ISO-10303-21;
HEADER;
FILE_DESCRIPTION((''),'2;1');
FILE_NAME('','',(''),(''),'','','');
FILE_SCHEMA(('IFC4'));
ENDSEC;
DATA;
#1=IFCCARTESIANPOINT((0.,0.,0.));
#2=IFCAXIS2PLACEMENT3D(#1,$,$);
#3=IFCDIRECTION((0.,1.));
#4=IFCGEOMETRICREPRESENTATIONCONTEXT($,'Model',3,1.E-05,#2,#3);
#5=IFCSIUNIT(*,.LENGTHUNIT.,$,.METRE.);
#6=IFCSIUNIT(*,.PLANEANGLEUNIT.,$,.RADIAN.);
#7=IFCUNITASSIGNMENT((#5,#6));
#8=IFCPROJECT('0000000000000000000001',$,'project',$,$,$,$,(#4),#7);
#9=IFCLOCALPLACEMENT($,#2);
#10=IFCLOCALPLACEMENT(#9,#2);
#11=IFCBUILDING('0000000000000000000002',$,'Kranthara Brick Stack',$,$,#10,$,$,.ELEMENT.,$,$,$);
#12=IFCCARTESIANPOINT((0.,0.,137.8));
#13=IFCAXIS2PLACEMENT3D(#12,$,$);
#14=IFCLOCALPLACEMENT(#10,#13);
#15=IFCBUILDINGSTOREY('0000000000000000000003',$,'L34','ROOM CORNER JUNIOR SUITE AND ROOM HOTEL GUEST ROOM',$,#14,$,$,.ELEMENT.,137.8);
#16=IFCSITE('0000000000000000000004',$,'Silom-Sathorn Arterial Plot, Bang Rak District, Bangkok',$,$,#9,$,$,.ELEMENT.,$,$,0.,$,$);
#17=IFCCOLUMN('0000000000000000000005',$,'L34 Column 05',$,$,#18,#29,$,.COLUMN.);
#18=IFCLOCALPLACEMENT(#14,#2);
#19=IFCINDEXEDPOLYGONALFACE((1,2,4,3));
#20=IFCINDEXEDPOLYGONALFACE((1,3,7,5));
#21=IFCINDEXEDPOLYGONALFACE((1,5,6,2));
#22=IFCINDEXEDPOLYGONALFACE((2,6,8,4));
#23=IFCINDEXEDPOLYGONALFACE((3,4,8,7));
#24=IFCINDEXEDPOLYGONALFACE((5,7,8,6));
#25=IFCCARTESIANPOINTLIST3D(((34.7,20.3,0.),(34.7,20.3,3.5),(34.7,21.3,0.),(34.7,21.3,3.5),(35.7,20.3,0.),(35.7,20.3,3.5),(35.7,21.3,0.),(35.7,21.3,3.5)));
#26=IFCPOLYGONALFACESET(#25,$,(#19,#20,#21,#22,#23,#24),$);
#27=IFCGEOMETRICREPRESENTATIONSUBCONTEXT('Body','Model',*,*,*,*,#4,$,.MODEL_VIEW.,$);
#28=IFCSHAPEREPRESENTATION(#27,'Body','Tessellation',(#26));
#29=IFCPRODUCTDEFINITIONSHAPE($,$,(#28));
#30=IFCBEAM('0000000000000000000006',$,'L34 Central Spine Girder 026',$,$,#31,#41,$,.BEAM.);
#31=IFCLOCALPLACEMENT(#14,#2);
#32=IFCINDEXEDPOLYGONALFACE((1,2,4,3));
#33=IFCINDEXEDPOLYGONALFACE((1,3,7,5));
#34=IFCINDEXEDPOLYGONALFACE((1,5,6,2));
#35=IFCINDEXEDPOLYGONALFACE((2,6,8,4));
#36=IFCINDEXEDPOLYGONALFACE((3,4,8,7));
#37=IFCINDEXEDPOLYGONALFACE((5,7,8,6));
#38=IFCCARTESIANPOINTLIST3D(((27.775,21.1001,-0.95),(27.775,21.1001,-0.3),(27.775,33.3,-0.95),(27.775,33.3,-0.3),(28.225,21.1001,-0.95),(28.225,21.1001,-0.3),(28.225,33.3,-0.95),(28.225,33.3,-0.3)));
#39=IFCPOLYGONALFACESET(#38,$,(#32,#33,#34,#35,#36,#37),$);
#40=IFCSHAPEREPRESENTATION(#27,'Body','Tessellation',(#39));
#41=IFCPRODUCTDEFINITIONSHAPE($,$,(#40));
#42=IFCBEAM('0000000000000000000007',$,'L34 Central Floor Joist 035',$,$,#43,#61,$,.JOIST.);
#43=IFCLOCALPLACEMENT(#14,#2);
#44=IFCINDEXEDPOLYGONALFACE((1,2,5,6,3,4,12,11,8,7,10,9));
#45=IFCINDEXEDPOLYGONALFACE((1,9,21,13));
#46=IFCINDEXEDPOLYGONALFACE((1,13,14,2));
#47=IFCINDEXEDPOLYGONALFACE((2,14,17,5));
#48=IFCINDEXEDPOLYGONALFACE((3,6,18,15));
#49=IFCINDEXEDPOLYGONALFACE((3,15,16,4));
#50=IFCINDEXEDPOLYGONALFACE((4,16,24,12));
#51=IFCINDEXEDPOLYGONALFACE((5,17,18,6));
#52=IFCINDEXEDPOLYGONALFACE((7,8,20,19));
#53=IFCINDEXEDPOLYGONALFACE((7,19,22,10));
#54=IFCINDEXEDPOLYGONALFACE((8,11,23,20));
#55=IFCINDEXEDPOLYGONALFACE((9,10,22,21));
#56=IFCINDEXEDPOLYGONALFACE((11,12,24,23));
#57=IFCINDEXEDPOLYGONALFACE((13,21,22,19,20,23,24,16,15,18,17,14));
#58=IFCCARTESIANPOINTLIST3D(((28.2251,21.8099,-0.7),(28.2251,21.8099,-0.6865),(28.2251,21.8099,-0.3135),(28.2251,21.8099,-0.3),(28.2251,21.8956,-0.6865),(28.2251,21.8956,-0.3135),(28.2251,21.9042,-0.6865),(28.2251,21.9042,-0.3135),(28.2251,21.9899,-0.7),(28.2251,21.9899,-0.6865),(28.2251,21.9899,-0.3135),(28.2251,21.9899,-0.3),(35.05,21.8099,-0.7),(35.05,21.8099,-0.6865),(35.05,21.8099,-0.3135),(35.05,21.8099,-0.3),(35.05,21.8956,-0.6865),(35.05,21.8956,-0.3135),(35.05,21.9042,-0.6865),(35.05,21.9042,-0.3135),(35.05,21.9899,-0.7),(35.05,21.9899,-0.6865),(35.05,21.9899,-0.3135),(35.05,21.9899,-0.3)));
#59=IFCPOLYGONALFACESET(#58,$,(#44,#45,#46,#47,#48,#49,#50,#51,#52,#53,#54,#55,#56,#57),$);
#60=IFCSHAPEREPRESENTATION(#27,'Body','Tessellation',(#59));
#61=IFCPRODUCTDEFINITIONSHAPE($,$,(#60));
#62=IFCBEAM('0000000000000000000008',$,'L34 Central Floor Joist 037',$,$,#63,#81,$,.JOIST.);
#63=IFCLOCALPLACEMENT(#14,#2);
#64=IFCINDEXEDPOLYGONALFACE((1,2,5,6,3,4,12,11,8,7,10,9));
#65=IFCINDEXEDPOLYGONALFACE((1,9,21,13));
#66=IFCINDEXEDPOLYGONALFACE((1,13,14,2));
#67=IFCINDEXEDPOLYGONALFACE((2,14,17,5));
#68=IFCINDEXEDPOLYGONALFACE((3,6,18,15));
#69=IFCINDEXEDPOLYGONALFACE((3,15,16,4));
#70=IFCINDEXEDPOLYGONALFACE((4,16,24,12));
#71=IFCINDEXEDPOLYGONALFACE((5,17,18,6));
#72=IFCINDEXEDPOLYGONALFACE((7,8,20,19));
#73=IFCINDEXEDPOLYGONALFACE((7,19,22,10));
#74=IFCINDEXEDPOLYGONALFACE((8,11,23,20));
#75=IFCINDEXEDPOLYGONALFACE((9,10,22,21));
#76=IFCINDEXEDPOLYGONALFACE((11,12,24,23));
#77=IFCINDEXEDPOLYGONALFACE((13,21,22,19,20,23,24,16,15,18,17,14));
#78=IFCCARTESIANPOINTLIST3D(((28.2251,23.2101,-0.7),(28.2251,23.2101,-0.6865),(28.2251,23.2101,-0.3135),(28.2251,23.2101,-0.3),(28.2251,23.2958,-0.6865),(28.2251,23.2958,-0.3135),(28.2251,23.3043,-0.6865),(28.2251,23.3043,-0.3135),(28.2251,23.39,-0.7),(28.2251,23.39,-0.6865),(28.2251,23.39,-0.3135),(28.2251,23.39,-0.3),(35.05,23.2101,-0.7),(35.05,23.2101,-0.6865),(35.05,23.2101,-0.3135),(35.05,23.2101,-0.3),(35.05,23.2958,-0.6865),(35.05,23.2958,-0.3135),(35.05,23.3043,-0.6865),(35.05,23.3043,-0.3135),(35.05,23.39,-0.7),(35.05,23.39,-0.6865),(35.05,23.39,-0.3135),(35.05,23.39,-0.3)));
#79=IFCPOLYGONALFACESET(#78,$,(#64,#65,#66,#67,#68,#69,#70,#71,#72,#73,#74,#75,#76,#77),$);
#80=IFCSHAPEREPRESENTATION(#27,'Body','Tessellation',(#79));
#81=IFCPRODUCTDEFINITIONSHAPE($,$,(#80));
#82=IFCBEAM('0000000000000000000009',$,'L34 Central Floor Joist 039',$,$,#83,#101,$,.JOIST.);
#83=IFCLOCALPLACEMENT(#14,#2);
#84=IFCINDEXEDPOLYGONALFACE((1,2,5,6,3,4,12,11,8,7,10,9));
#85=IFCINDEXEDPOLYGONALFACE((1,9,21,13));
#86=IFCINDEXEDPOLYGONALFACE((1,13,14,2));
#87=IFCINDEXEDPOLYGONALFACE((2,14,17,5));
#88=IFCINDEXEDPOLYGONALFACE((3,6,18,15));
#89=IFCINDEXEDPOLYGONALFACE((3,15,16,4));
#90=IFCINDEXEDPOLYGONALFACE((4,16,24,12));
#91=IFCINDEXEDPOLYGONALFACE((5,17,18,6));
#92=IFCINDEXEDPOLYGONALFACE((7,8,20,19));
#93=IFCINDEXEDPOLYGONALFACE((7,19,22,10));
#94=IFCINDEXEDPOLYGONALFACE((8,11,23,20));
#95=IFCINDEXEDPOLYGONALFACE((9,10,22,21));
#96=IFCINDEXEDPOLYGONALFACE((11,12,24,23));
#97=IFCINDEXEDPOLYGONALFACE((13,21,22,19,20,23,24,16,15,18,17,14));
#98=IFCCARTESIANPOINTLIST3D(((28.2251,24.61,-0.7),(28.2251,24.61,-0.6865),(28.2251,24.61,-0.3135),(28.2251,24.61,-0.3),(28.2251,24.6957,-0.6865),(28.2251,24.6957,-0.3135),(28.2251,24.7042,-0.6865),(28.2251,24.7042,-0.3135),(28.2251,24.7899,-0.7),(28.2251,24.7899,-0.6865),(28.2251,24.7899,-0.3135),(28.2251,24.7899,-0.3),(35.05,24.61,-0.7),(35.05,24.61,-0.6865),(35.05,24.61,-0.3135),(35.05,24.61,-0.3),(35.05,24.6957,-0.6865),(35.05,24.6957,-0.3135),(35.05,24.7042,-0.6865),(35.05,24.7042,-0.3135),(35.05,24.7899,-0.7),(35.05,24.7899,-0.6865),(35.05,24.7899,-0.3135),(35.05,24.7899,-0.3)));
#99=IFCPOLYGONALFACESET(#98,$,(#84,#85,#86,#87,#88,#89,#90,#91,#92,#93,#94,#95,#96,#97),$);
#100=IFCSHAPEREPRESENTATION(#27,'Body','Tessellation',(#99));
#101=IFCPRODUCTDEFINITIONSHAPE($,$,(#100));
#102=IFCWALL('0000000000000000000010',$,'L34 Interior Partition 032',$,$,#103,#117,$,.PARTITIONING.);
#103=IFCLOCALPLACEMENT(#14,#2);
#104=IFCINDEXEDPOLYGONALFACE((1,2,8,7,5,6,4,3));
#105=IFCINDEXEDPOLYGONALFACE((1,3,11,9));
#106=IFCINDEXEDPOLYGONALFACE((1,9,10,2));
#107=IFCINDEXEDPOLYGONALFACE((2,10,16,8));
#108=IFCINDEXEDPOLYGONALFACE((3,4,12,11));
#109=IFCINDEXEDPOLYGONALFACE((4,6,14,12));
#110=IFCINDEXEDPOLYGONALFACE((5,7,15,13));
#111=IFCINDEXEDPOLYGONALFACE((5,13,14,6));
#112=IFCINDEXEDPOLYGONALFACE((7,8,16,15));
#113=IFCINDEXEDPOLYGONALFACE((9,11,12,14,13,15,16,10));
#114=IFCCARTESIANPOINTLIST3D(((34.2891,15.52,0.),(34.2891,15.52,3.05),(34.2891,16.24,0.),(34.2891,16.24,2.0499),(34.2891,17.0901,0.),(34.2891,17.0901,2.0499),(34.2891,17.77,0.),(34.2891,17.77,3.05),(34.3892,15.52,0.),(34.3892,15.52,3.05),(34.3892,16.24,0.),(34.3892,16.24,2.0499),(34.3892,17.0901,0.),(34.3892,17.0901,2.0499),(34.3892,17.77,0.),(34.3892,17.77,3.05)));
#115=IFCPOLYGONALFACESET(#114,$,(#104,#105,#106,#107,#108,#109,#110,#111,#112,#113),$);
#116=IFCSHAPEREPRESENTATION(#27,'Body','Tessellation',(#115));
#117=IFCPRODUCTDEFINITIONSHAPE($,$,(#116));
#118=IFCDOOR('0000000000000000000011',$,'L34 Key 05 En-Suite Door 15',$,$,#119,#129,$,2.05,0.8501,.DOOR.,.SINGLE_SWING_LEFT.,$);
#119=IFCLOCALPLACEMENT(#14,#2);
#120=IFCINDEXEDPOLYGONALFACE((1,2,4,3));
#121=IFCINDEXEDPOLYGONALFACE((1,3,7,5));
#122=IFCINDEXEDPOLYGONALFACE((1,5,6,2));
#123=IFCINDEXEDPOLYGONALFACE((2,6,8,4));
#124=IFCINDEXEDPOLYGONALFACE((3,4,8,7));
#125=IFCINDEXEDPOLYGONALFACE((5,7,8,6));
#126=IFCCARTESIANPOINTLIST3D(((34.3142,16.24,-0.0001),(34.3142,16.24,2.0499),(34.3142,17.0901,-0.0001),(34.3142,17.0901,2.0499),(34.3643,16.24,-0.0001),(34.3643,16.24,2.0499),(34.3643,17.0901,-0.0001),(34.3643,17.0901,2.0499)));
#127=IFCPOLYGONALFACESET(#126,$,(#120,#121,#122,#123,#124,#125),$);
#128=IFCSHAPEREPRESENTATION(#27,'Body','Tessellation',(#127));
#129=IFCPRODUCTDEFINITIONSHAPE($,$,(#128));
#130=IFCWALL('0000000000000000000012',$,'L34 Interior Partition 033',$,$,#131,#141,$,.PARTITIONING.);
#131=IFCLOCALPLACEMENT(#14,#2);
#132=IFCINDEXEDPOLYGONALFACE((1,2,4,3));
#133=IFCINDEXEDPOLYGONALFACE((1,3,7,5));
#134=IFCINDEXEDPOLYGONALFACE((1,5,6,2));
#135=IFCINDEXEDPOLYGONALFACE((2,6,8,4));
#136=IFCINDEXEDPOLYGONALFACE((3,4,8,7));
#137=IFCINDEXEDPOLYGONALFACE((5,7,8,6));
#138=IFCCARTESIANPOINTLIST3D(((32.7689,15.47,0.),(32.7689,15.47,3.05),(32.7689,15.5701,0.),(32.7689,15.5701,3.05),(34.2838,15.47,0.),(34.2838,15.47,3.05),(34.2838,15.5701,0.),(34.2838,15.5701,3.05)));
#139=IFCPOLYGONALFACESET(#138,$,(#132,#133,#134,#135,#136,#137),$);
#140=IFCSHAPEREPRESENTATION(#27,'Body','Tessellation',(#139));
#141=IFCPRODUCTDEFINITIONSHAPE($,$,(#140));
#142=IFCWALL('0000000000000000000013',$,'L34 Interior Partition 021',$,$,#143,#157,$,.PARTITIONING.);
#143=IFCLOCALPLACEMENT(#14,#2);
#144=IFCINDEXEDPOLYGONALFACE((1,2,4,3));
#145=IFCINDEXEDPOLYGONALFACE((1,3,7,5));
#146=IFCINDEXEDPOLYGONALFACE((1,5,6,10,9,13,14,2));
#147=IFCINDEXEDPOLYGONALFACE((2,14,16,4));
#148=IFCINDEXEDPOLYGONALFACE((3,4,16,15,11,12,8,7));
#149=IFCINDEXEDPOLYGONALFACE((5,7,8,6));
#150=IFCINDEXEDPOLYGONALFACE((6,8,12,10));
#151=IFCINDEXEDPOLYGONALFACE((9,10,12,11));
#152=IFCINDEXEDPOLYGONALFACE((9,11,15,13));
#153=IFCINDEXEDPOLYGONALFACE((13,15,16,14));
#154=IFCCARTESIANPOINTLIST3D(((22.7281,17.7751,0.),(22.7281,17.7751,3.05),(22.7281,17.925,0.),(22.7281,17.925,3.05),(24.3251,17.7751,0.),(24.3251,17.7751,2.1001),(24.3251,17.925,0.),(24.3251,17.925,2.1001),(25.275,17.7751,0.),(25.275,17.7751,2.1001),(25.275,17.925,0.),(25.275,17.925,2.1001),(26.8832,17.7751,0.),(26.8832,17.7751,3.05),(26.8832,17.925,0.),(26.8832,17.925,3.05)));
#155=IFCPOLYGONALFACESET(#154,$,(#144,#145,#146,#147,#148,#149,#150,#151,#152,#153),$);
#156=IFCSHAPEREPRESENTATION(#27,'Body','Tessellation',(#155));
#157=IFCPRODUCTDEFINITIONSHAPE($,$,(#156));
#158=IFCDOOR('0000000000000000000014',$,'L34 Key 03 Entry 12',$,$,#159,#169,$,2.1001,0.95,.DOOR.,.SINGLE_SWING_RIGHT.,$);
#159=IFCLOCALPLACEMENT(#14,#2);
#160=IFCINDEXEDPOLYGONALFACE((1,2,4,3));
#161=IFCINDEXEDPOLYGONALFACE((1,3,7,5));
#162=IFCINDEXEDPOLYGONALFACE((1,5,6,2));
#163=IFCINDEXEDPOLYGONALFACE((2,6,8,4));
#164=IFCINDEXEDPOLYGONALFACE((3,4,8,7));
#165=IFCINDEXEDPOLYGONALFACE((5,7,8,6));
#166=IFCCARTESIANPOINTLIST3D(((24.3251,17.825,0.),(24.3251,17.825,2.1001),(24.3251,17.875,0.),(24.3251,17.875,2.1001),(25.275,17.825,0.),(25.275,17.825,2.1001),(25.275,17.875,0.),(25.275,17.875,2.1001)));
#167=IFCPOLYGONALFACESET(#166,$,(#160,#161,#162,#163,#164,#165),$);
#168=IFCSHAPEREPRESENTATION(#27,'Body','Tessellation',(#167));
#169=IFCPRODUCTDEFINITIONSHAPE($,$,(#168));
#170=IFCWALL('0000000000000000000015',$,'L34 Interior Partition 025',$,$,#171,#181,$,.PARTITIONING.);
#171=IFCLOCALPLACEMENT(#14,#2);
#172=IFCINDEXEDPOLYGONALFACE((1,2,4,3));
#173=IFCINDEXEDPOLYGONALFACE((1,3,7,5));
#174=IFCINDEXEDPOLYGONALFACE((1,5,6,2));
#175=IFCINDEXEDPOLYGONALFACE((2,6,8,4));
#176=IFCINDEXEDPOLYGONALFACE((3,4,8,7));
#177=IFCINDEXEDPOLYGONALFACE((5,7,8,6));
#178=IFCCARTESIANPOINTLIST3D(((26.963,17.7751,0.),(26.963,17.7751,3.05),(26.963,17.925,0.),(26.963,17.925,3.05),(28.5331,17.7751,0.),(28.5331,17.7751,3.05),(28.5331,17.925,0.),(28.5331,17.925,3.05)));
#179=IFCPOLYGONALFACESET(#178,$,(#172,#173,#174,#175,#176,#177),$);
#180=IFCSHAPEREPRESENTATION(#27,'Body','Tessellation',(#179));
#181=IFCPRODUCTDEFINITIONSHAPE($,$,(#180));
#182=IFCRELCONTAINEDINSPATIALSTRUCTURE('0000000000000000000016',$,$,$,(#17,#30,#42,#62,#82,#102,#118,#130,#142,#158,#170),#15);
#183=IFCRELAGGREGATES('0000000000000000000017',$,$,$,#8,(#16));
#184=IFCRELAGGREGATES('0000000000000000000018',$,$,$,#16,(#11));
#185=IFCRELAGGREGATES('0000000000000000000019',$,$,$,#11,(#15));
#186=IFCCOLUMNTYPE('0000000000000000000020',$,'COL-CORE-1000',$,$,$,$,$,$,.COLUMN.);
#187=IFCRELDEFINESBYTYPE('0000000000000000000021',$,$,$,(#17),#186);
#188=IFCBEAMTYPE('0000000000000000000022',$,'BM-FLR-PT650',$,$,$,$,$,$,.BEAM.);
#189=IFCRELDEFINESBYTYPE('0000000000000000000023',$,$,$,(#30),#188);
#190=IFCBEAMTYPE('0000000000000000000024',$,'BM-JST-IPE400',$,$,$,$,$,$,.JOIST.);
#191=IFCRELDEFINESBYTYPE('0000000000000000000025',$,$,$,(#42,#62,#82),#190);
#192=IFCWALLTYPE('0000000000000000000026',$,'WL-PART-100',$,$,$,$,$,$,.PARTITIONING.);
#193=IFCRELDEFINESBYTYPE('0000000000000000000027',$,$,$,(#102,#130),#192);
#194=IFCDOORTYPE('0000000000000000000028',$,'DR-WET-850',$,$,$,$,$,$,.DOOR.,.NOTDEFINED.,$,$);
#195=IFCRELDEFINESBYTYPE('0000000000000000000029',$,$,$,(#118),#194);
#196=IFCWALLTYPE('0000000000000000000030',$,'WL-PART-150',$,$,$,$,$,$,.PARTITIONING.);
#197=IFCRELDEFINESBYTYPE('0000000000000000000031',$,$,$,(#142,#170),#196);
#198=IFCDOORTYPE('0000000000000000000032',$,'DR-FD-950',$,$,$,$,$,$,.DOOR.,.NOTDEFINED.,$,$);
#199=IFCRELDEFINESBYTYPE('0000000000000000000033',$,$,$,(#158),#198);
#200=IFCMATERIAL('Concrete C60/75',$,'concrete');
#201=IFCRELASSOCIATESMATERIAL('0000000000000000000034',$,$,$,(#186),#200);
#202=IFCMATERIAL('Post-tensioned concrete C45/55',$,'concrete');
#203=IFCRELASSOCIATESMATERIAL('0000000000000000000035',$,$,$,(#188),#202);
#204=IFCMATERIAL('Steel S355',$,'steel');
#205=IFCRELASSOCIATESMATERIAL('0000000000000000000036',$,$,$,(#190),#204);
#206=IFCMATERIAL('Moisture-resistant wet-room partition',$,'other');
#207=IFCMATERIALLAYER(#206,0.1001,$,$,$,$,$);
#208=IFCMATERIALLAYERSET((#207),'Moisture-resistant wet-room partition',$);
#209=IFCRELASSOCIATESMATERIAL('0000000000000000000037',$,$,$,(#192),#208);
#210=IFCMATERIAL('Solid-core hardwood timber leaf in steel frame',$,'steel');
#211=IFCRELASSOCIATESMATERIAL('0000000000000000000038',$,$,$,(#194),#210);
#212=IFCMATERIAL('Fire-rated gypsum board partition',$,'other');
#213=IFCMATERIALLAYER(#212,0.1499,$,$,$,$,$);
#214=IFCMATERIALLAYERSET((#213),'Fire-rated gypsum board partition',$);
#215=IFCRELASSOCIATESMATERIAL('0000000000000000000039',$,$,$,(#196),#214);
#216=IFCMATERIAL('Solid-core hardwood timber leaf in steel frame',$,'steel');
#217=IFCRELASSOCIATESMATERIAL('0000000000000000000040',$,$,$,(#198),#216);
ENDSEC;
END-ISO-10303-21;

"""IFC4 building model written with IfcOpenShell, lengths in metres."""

from ifc_helpers import new_model, si_unit, direction, frame, frame_2d, origin, origin_2d, place, context, subcontext, project, spatial, rectangle, i_section, extrude, material, layer, layer_set, material_profile, profile_set, type_object, element, fill, save


model = new_model("IFC4")

# Units and contexts
model_context = context("Model", 3, precision=1e-05, world=origin(), true_north=direction((0.0, 1.0)))
body_context = subcontext(model_context, "Body", "Model", "MODEL_VIEW")
ifc_project = project(units=[si_unit("LENGTHUNIT", "METRE"), si_unit("PLANEANGLEUNIT", "RADIAN")], contexts=[model_context])

# Site, building, storey
site_placement = place(None, origin())
site = spatial("IfcSite", under=ifc_project, at=site_placement, Name="Silom-Sathorn Arterial Plot, Bang Rak District, Bangkok", CompositionType="ELEMENT", RefElevation=0.0)
building_placement = place(site_placement, origin())
building = spatial("IfcBuilding", under=site, at=building_placement, Name="Kranthara Brick Stack", CompositionType="ELEMENT")
storey_placement = place(building_placement, frame((0.0, 0.0, 137.8)))
storey = spatial("IfcBuildingStorey", under=building, at=storey_placement, Name="L34", Description="ROOM CORNER JUNIOR SUITE AND ROOM HOTEL GUEST ROOM", CompositionType="ELEMENT", Elevation=137.8)

# Column
ifc_material_1 = material(Name="Concrete C60/75", Category="concrete")
ifc_material_profile_1 = material_profile(ifc_material_1, rectangle(XDim=1.0, YDim=1.0, at=origin_2d()), Name="RC 1000x1000")
ifc_profile_set_1 = profile_set([ifc_material_profile_1], Name="Concrete C60/75")
column_type = type_object("IfcColumnType", Name="COL-CORE-1000", PredefinedType="COLUMN", material=ifc_profile_set_1)
column_placement = place(storey_placement, frame((35.2, 20.8, 0.0), z_axis=(0.0, 0.0, 1.0), x_axis=(1.0, 0.0, 0.0)))
element("IfcColumn", 1, at=column_placement, inside=storey, type_object=column_type, Name="L34 Column 05", PredefinedType="COLUMN", context=body_context, shape_type="SweptSolid", body=[
    extrude(rectangle(XDim=1.0, YDim=1.0, at=origin_2d()), origin(), (0.0, 0.0, 1.0), 3.5),
])

# Beams
ifc_material_2 = material(Name="Post-tensioned concrete C45/55", Category="concrete")
ifc_material_profile_2 = material_profile(ifc_material_2, rectangle(XDim=0.45, YDim=0.6499, at=origin_2d()), Name="PT 450x650")
ifc_profile_set_2 = profile_set([ifc_material_profile_2], Name="Post-tensioned concrete C45/55")
beam_type_1 = type_object("IfcBeamType", Name="BM-FLR-PT650", PredefinedType="BEAM", material=ifc_profile_set_2)
beam_placement = place(storey_placement, frame((28.0, 21.1001, -0.625), z_axis=(0.0, 1.0, 0.0), x_axis=(-1.0, 0.0, 0.0)))
element("IfcBeam", 2, at=beam_placement, inside=storey, type_object=beam_type_1, Name="L34 Central Spine Girder 026", PredefinedType="BEAM", context=body_context, shape_type="SweptSolid", body=[
    extrude(rectangle(XDim=0.45, YDim=0.6499, at=origin_2d()), origin(), (0.0, 0.0, 1.0), 12.2),
])
ifc_material_3 = material(Name="Steel S355", Category="steel")
ifc_material_profile_3 = material_profile(ifc_material_3, i_section(OverallWidth=0.1799, OverallDepth=0.3999, WebThickness=0.0085, FlangeThickness=0.0134, at=origin_2d()), Name="IPE 400")
ifc_profile_set_3 = profile_set([ifc_material_profile_3], Name="Steel S355")
beam_type_2 = type_object("IfcBeamType", Name="BM-JST-IPE400", PredefinedType="JOIST", material=ifc_profile_set_3)
for number, where, z_axis, x_axis, name in (
    (3, (28.2251, 21.8999, -0.5), (1.0, 0.0, 0.0), (0.0, 1.0, 0.0), "L34 Central Floor Joist 035"),
    (4, (28.2251, 23.3, -0.5), (1.0, 0.0, 0.0), (0.0, 1.0, 0.0), "L34 Central Floor Joist 037"),
    (5, (28.2251, 24.7, -0.5), (1.0, 0.0, 0.0), (0.0, 1.0, 0.0), "L34 Central Floor Joist 039"),
):
    element("IfcBeam", number, at=place(storey_placement, frame(where, z_axis=z_axis, x_axis=x_axis)), inside=storey, type_object=beam_type_2, Name=name, PredefinedType="JOIST", context=body_context, shape_type="SweptSolid", body=[
        extrude(i_section(OverallWidth=0.1799, OverallDepth=0.3999, WebThickness=0.0085, FlangeThickness=0.0134, at=origin_2d()), origin(), (0.0, 0.0, 1.0), 6.825),
    ])

# Wall, opening, door
ifc_material_4 = material(Name="Moisture-resistant wet-room partition", Category="other")
ifc_layer_1 = layer(ifc_material_4, 0.1001)
ifc_layer_set_1 = layer_set([ifc_layer_1], Name="Moisture-resistant wet-room partition")
wall_type_1 = type_object("IfcWallType", Name="WL-PART-100", PredefinedType="PARTITIONING", material=ifc_layer_set_1)
wall_1_placement = place(storey_placement, frame((34.3391, 15.52, 0.0), z_axis=(0.0, 0.0, 1.0), x_axis=(0.0, 1.0, 0.0)))
wall_1 = element("IfcWall", 6, at=wall_1_placement, inside=storey, type_object=wall_type_1, Name="L34 Interior Partition 032", PredefinedType="PARTITIONING", context=body_context, shape_type="SweptSolid", body=[
    extrude(rectangle(XDim=2.25, YDim=0.1001, at=frame_2d((1.125, 0.0))), origin(), (0.0, 0.0, 1.0), 3.05),
])
opening_1_placement = place(wall_1_placement, frame((0.72, 0.0, 0.0)))
opening_1 = element("IfcOpeningElement", 7, at=opening_1_placement, cuts=wall_1, PredefinedType="OPENING", context=body_context, shape_type="SweptSolid", body=[
    extrude(rectangle(XDim=0.8501, YDim=2.05, at=frame_2d((0.425, 1.0249))), frame((0.0, 0.0601, 0.0), z_axis=(0.0, -1.0, 0.0), x_axis=(1.0, 0.0, 0.0)), (0.0, 0.0, 1.0), 0.1201),
])
ifc_material_5 = material(Name="Solid-core hardwood timber leaf in steel frame", Category="steel")
door_type_1 = type_object("IfcDoorType", Name="DR-WET-850", OperationType="NOTDEFINED", PredefinedType="DOOR", material=ifc_material_5)
door_1_placement = place(opening_1_placement, origin())
door_1 = element("IfcDoor", 8, at=door_1_placement, inside=storey, type_object=door_type_1, Name="L34 Key 05 En-Suite Door 15", OperationType="SINGLE_SWING_LEFT", OverallHeight=2.05, OverallWidth=0.8501, PredefinedType="DOOR", context=body_context, shape_type="SweptSolid", body=[
    extrude(rectangle(XDim=0.8501, YDim=2.05, at=frame_2d((0.425, 1.0249))), frame((0.0, 0.0249, 0.0), z_axis=(0.0, -1.0, 0.0), x_axis=(1.0, 0.0, 0.0)), (0.0, 0.0, 1.0), 0.05),
])
fill(opening_1, door_1)

# Wall
wall_2_placement = place(storey_placement, frame((32.769, 15.52, 0.0), z_axis=(0.0, 0.0, 1.0), x_axis=(1.0, 0.0, 0.0)))
element("IfcWall", 9, at=wall_2_placement, inside=storey, type_object=wall_type_1, Name="L34 Interior Partition 033", PredefinedType="PARTITIONING", context=body_context, shape_type="SweptSolid", body=[
    extrude(rectangle(XDim=1.5149, YDim=0.1001, at=frame_2d((0.7573, 0.0))), origin(), (0.0, 0.0, 1.0), 3.05),
])

# Wall, opening, door
ifc_material_6 = material(Name="Fire-rated gypsum board partition", Category="other")
ifc_layer_2 = layer(ifc_material_6, 0.1499)
ifc_layer_set_2 = layer_set([ifc_layer_2], Name="Fire-rated gypsum board partition")
wall_type_2 = type_object("IfcWallType", Name="WL-PART-150", PredefinedType="PARTITIONING", material=ifc_layer_set_2)
wall_3_placement = place(storey_placement, frame((22.728, 17.8501, 0.0), z_axis=(0.0, 0.0, 1.0), x_axis=(1.0, 0.0, 0.0)))
wall_3 = element("IfcWall", 10, at=wall_3_placement, inside=storey, type_object=wall_type_2, Name="L34 Interior Partition 021", PredefinedType="PARTITIONING", context=body_context, shape_type="SweptSolid", body=[
    extrude(rectangle(XDim=4.155, YDim=0.1499, at=frame_2d((2.0776, 0.0))), origin(), (0.0, 0.0, 1.0), 3.05),
])
opening_2_placement = place(wall_3_placement, frame((1.5969, 0.0, 0.0)))
opening_2 = element("IfcOpeningElement", 11, at=opening_2_placement, cuts=wall_3, PredefinedType="OPENING", context=body_context, shape_type="SweptSolid", body=[
    extrude(rectangle(XDim=0.95, YDim=2.1001, at=frame_2d((0.4751, 1.05))), frame((0.0, 0.085, 0.0), z_axis=(0.0, -1.0, 0.0), x_axis=(1.0, 0.0, 0.0)), (0.0, 0.0, 1.0), 0.1699),
])
ifc_material_7 = material(Name="Solid-core hardwood timber leaf in steel frame", Category="steel")
door_type_2 = type_object("IfcDoorType", Name="DR-FD-950", OperationType="NOTDEFINED", PredefinedType="DOOR", material=ifc_material_7)
door_2_placement = place(opening_2_placement, origin())
door_2 = element("IfcDoor", 12, at=door_2_placement, inside=storey, type_object=door_type_2, Name="L34 Key 03 Entry 12", OperationType="SINGLE_SWING_RIGHT", OverallHeight=2.1001, OverallWidth=0.95, PredefinedType="DOOR", context=body_context, shape_type="SweptSolid", body=[
    extrude(rectangle(XDim=0.95, YDim=2.1001, at=frame_2d((0.4751, 1.05))), frame((0.0, 0.0249, 0.0), z_axis=(0.0, -1.0, 0.0), x_axis=(1.0, 0.0, 0.0)), (0.0, 0.0, 1.0), 0.05),
])
fill(opening_2, door_2)

# Wall
wall_4_placement = place(storey_placement, frame((26.9629, 17.8501, 0.0), z_axis=(0.0, 0.0, 1.0), x_axis=(1.0, 0.0, 0.0)))
element("IfcWall", 13, at=wall_4_placement, inside=storey, type_object=wall_type_2, Name="L34 Interior Partition 025", PredefinedType="PARTITIONING", context=body_context, shape_type="SweptSolid", body=[
    extrude(rectangle(XDim=1.5701, YDim=0.1499, at=frame_2d((0.7852, 0.0))), origin(), (0.0, 0.0, 1.0), 3.05),
])

save(model, "model.ifc")
